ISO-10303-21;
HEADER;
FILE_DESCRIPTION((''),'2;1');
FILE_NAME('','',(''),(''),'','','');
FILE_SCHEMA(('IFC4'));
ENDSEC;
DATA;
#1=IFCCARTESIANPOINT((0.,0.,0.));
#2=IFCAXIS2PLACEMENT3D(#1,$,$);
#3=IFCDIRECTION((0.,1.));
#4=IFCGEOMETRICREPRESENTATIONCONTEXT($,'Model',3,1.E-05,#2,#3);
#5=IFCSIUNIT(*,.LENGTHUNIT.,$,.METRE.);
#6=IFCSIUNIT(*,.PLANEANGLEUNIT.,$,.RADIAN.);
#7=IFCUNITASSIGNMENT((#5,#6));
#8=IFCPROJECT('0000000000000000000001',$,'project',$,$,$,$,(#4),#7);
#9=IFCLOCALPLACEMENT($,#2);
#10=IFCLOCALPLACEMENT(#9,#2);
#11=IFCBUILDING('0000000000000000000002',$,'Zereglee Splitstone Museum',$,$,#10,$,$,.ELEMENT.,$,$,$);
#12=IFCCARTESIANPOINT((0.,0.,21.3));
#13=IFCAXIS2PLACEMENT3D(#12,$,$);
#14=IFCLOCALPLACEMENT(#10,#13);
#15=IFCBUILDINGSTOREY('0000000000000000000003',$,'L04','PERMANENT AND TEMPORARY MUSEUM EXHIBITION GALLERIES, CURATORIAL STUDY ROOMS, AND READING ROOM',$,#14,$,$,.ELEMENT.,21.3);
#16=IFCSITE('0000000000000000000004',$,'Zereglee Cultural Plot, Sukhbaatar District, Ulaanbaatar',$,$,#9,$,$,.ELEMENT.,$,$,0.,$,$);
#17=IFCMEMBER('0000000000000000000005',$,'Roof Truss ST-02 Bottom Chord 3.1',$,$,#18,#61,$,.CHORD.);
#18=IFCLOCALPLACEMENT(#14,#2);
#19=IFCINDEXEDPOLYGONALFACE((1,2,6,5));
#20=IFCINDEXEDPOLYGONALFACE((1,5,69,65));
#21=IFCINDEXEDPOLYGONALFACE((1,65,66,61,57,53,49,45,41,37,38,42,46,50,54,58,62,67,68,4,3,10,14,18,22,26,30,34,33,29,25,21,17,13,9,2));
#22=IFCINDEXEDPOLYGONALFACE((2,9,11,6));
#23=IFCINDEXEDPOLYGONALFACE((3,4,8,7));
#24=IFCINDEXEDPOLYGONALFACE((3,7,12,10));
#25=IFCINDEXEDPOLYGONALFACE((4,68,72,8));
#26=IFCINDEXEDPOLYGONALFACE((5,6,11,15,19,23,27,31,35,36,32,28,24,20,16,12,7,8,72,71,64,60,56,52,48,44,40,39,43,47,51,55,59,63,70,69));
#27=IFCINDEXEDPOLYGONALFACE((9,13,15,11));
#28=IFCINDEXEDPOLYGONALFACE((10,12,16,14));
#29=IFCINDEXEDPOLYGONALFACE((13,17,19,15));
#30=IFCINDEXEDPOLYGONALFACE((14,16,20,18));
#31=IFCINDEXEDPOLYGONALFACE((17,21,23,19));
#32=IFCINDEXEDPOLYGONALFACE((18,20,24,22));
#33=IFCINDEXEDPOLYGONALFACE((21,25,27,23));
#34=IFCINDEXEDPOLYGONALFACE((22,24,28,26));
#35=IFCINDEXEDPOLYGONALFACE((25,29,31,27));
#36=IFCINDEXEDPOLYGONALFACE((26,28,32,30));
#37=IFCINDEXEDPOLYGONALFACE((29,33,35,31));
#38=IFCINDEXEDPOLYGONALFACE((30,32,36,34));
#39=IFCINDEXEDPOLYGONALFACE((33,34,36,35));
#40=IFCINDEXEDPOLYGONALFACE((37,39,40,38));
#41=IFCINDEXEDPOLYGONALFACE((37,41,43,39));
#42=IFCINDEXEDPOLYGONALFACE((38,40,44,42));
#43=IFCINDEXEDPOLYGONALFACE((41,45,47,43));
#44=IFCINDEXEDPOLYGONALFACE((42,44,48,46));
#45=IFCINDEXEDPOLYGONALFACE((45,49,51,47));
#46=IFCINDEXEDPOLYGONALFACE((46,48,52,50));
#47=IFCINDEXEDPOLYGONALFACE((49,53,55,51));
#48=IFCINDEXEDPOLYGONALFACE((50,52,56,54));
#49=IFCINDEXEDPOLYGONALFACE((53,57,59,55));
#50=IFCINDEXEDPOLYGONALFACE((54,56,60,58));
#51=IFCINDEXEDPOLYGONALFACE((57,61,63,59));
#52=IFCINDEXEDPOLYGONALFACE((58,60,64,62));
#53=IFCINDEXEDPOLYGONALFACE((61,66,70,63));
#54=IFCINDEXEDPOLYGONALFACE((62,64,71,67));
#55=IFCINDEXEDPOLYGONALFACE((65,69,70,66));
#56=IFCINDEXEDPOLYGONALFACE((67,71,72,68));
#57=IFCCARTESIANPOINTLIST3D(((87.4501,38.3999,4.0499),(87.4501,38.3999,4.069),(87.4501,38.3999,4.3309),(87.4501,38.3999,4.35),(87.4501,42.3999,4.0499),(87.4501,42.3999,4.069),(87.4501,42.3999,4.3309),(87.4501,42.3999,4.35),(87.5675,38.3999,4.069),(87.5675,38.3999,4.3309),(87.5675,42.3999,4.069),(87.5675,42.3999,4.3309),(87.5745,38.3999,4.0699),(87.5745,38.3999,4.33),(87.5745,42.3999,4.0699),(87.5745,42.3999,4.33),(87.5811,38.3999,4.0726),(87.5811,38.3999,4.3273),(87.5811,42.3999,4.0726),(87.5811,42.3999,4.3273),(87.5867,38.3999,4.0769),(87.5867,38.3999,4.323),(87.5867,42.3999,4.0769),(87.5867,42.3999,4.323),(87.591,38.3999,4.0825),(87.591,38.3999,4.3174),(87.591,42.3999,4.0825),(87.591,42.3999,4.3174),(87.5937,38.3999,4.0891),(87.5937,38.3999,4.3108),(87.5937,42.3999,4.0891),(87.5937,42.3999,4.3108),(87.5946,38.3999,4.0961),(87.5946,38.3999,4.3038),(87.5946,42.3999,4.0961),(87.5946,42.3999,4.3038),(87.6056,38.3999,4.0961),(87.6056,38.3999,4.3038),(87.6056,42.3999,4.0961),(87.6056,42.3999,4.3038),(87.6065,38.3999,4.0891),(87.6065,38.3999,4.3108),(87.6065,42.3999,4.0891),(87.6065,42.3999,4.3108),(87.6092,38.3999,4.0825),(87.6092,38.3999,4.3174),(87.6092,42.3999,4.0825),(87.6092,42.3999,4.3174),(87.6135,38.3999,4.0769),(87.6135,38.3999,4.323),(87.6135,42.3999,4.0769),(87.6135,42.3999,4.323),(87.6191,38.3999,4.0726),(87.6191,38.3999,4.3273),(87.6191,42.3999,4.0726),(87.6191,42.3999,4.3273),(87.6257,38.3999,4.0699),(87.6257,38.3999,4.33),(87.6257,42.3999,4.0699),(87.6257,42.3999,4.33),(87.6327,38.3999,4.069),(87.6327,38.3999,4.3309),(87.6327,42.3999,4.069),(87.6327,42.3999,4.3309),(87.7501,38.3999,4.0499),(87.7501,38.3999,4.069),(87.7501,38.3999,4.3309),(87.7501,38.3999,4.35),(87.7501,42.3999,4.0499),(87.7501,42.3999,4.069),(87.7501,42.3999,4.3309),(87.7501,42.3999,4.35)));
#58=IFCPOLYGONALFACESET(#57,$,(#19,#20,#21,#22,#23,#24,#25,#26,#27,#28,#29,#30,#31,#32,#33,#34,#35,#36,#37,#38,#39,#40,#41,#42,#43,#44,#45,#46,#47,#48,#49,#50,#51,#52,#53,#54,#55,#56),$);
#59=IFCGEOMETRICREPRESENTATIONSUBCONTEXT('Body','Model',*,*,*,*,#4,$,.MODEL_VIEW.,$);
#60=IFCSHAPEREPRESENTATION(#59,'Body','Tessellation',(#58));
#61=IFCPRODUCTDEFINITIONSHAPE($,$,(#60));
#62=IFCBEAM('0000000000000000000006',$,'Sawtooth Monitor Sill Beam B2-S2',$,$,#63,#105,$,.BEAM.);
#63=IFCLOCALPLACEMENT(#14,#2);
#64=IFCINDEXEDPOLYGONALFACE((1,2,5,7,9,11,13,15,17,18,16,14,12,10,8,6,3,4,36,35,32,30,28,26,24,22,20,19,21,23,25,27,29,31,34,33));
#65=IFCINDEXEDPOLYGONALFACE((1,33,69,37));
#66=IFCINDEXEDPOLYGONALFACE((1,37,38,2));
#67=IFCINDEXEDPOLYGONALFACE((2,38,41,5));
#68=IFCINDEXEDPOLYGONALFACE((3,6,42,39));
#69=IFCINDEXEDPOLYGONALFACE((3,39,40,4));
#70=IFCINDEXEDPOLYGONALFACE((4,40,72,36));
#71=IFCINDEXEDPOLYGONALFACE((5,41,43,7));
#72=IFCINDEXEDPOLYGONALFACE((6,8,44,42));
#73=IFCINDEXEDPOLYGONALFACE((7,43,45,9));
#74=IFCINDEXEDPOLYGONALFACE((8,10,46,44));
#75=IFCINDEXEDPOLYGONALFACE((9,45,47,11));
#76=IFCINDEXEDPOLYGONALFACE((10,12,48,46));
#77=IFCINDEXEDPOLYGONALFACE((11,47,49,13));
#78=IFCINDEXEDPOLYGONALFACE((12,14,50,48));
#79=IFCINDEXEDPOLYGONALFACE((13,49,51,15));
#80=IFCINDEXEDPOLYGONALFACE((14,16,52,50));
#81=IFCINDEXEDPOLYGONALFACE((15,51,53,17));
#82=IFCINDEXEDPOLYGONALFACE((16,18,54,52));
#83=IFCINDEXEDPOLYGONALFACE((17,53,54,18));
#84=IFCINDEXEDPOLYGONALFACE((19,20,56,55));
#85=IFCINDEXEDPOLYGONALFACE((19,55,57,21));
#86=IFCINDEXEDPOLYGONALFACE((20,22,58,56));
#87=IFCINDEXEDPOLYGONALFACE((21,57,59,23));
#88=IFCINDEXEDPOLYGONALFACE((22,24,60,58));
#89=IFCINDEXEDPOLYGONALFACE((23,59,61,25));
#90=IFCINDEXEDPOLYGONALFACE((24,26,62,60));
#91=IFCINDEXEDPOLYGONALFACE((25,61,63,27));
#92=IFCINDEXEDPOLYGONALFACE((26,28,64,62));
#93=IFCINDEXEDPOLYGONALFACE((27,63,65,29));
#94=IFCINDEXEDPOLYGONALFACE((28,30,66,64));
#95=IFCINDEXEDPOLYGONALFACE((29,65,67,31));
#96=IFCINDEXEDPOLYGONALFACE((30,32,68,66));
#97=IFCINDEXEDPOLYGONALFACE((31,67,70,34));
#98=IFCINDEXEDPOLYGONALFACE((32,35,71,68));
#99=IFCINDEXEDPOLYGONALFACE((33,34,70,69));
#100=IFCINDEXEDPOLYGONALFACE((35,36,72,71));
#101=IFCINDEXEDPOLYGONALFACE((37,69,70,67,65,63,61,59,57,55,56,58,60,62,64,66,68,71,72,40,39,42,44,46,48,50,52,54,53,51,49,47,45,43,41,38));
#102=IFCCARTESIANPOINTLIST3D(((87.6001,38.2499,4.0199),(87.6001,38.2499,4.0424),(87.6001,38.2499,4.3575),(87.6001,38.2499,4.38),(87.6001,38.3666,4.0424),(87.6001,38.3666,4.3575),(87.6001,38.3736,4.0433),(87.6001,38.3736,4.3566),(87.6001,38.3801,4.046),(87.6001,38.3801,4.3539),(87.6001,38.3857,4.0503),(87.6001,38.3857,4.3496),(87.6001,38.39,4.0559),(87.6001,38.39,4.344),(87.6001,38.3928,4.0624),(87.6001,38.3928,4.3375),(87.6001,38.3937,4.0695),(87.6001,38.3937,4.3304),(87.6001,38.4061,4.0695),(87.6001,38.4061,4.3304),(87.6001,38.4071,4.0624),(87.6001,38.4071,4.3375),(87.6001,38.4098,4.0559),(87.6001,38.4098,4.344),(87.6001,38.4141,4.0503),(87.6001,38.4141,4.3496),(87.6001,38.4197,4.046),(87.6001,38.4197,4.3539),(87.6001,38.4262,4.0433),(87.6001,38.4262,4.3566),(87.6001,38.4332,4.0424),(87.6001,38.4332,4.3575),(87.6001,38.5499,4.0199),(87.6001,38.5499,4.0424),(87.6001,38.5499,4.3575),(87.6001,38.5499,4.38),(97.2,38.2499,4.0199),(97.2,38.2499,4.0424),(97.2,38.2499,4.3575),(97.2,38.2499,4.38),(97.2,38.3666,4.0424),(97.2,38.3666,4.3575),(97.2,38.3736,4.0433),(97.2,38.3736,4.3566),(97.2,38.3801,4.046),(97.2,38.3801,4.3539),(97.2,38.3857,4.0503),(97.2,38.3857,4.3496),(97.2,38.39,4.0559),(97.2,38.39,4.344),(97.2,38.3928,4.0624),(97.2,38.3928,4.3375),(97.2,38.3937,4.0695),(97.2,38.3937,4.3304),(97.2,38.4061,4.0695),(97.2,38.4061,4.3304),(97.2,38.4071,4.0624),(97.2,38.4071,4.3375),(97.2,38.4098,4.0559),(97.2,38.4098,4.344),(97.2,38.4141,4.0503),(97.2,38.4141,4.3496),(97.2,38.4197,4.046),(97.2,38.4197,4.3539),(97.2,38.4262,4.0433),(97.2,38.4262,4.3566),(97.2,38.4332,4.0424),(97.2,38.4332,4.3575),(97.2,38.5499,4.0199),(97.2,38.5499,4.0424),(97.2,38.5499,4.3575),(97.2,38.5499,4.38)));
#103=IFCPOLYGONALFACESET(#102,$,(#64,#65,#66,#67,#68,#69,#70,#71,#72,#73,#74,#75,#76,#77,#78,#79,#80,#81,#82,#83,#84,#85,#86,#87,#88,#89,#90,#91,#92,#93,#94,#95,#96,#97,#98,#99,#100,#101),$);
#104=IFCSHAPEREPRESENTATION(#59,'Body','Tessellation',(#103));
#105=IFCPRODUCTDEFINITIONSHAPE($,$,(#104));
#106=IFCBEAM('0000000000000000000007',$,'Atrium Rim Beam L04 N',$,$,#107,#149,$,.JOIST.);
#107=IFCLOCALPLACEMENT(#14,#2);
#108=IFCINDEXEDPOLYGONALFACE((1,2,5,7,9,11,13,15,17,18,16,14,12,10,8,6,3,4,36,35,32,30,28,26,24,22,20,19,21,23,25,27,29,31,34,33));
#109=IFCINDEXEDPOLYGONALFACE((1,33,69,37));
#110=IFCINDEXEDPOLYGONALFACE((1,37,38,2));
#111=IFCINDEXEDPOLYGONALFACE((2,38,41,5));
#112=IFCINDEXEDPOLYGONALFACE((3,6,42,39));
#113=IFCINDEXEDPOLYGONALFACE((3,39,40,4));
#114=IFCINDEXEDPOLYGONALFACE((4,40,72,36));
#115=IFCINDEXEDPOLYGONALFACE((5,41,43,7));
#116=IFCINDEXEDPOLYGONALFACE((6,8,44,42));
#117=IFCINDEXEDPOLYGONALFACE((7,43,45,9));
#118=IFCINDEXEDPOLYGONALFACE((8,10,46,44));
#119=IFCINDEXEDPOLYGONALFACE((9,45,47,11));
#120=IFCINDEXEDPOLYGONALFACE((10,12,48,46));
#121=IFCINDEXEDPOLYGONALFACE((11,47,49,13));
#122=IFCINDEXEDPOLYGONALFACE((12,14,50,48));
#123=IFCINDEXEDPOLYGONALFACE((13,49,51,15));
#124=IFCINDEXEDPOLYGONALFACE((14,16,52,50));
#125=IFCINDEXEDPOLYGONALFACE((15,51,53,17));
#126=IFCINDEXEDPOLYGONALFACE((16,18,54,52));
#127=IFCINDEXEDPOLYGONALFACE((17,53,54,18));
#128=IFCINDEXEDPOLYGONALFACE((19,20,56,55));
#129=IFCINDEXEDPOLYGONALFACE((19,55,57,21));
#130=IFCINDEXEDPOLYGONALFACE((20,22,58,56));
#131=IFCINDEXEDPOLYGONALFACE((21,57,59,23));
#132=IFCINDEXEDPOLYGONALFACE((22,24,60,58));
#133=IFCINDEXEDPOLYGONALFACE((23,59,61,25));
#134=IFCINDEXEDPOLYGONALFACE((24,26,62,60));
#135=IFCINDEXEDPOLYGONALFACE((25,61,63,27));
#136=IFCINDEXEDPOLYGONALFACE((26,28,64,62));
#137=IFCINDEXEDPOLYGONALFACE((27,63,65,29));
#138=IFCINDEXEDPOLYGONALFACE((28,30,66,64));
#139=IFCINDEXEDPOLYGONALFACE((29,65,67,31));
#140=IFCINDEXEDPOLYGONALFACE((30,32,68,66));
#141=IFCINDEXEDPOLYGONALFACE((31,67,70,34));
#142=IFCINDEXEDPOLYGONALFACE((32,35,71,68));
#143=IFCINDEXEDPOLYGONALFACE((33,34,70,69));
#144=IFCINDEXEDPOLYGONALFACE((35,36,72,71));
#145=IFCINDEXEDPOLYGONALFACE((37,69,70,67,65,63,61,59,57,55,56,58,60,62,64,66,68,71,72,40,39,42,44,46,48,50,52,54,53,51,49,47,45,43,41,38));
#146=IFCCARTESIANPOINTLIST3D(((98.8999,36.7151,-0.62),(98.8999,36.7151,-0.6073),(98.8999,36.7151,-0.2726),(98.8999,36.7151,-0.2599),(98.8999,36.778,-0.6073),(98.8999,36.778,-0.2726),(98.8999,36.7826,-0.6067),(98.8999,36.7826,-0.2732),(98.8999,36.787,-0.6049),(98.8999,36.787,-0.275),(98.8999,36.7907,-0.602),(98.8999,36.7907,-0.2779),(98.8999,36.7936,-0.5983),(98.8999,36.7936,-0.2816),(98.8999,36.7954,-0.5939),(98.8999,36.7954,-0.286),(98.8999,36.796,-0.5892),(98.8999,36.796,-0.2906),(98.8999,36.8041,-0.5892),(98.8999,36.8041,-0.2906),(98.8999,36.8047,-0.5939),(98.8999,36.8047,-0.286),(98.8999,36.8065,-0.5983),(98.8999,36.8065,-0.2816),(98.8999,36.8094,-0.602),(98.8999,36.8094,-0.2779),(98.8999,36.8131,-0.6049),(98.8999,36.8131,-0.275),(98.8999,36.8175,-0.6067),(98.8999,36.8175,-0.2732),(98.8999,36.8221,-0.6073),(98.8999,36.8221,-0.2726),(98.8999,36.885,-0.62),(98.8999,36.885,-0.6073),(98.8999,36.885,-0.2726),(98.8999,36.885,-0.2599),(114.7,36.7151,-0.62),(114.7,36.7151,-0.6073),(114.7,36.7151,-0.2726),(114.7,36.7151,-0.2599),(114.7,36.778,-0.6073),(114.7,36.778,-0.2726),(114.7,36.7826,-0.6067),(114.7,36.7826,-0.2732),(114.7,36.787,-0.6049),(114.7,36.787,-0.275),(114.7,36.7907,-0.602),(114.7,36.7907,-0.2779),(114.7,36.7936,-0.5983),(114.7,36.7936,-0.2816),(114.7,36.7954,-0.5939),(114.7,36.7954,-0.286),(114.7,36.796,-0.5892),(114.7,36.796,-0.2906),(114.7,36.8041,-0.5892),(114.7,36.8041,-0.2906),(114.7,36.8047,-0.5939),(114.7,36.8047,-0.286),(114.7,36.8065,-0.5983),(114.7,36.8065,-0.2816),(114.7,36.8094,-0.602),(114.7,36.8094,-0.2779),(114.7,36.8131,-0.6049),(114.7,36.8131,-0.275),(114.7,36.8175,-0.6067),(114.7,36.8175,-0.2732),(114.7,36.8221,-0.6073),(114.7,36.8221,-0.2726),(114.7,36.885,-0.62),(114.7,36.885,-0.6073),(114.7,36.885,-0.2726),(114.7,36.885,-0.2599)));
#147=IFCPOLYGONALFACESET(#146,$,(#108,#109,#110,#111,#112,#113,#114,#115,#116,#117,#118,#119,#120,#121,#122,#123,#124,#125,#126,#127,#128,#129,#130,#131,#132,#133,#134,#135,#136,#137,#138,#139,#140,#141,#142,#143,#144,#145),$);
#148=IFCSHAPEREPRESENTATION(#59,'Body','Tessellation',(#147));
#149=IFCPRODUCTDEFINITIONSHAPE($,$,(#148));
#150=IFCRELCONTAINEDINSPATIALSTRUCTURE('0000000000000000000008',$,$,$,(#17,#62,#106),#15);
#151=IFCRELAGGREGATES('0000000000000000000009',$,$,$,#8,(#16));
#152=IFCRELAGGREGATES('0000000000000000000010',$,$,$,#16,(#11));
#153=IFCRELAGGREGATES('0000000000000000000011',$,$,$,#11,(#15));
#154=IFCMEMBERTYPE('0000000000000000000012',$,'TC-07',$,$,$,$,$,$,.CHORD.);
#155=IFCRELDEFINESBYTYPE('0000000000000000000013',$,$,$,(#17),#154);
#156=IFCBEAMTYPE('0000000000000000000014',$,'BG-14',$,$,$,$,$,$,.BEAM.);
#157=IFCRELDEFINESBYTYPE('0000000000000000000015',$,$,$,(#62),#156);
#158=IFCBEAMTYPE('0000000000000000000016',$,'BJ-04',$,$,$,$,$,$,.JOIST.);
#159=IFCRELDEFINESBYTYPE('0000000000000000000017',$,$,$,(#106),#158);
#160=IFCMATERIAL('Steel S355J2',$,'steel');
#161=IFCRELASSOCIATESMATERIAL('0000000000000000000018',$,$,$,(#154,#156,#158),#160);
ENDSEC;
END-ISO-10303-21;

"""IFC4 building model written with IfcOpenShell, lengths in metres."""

from ifc_helpers import new_model, si_unit, direction, frame, origin, origin_2d, place, context, subcontext, project, spatial, i_section, extrude, material, material_profile, profile_set, type_object, element, save


model = new_model("IFC4")

# Units and contexts
model_context = context("Model", 3, precision=1e-05, world=origin(), true_north=direction((0.0, 1.0)))
body_context = subcontext(model_context, "Body", "Model", "MODEL_VIEW")
ifc_project = project(units=[si_unit("LENGTHUNIT", "METRE"), si_unit("PLANEANGLEUNIT", "RADIAN")], contexts=[model_context])

# Site, building, storey
site_placement = place(None, origin())
site = spatial("IfcSite", under=ifc_project, at=site_placement, Name="Zereglee Cultural Plot, Sukhbaatar District, Ulaanbaatar", CompositionType="ELEMENT", RefElevation=0.0)
building_placement = place(site_placement, origin())
building = spatial("IfcBuilding", under=site, at=building_placement, Name="Zereglee Splitstone Museum", CompositionType="ELEMENT")
storey_placement = place(building_placement, frame((0.0, 0.0, 21.3)))
storey = spatial("IfcBuildingStorey", under=building, at=storey_placement, Name="L04", Description="PERMANENT AND TEMPORARY MUSEUM EXHIBITION GALLERIES, CURATORIAL STUDY ROOMS, AND READING ROOM", CompositionType="ELEMENT", Elevation=21.3)

# Member
ifc_material_1 = material(Name="Steel S355J2", Category="steel")
ifc_material_profile_1 = material_profile(ifc_material_1, i_section(OverallWidth=0.3, OverallDepth=0.3, WebThickness=0.011, FlangeThickness=0.019, FilletRadius=0.0271, at=origin_2d()), Name="HE 300 B")
ifc_profile_set_1 = profile_set([ifc_material_profile_1], Name="Steel S355J2")
member_type_1 = type_object("IfcMemberType", Name="TC-07", PredefinedType="CHORD", material=ifc_profile_set_1)
member_1_placement = place(storey_placement, frame((87.6001, 38.3999, 4.2), z_axis=(0.0, 1.0, 0.0), x_axis=(-1.0, 0.0, 0.0)))
element("IfcMember", 1, at=member_1_placement, inside=storey, type_object=member_type_1, Name="Roof Truss ST-02 Bottom Chord 3.1", PredefinedType="CHORD", context=body_context, shape_type="SweptSolid", body=[
    extrude(i_section(OverallWidth=0.3, OverallDepth=0.3, WebThickness=0.011, FlangeThickness=0.019, FilletRadius=0.0271, at=origin_2d()), origin(), (0.0, 0.0, 1.0), 4.0),
])

# Beams
ifc_material_profile_2 = material_profile(ifc_material_1, i_section(OverallWidth=0.3, OverallDepth=0.3601, WebThickness=0.0125, FlangeThickness=0.0225, FilletRadius=0.0271, at=origin_2d()), Name="HE 360 B")
ifc_profile_set_2 = profile_set([ifc_material_profile_2], Name="Steel S355J2")
beam_type_1 = type_object("IfcBeamType", Name="BG-14", PredefinedType="BEAM", material=ifc_profile_set_2)
beam_1_placement = place(storey_placement, frame((87.6001, 38.3999, 4.2), z_axis=(1.0, 0.0, 0.0), x_axis=(0.0, 1.0, 0.0)))
element("IfcBeam", 2, at=beam_1_placement, inside=storey, type_object=beam_type_1, Name="Sawtooth Monitor Sill Beam B2-S2", PredefinedType="BEAM", context=body_context, shape_type="SweptSolid", body=[
    extrude(i_section(OverallWidth=0.3, OverallDepth=0.3601, WebThickness=0.0125, FlangeThickness=0.0225, FilletRadius=0.0271, at=origin_2d()), origin(), (0.0, 0.0, 1.0), 9.5999),
])
ifc_material_profile_3 = material_profile(ifc_material_1, i_section(OverallWidth=0.1699, OverallDepth=0.3601, WebThickness=0.0081, FlangeThickness=0.0127, FilletRadius=0.0181, at=origin_2d()), Name="IPE 360")
ifc_profile_set_3 = profile_set([ifc_material_profile_3], Name="Steel S355J2")
beam_type_2 = type_object("IfcBeamType", Name="BJ-04", PredefinedType="JOIST", material=ifc_profile_set_3)
beam_2_placement = place(storey_placement, frame((98.8999, 36.8, -0.4399), z_axis=(1.0, 0.0, 0.0), x_axis=(0.0, 1.0, 0.0)))
element("IfcBeam", 3, at=beam_2_placement, inside=storey, type_object=beam_type_2, Name="Atrium Rim Beam L04 N", PredefinedType="JOIST", context=body_context, shape_type="SweptSolid", body=[
    extrude(i_section(OverallWidth=0.1699, OverallDepth=0.3601, WebThickness=0.0081, FlangeThickness=0.0127, FilletRadius=0.0181, at=origin_2d()), origin(), (0.0, 0.0, 1.0), 15.8),
])

save(model, "model.ifc")
